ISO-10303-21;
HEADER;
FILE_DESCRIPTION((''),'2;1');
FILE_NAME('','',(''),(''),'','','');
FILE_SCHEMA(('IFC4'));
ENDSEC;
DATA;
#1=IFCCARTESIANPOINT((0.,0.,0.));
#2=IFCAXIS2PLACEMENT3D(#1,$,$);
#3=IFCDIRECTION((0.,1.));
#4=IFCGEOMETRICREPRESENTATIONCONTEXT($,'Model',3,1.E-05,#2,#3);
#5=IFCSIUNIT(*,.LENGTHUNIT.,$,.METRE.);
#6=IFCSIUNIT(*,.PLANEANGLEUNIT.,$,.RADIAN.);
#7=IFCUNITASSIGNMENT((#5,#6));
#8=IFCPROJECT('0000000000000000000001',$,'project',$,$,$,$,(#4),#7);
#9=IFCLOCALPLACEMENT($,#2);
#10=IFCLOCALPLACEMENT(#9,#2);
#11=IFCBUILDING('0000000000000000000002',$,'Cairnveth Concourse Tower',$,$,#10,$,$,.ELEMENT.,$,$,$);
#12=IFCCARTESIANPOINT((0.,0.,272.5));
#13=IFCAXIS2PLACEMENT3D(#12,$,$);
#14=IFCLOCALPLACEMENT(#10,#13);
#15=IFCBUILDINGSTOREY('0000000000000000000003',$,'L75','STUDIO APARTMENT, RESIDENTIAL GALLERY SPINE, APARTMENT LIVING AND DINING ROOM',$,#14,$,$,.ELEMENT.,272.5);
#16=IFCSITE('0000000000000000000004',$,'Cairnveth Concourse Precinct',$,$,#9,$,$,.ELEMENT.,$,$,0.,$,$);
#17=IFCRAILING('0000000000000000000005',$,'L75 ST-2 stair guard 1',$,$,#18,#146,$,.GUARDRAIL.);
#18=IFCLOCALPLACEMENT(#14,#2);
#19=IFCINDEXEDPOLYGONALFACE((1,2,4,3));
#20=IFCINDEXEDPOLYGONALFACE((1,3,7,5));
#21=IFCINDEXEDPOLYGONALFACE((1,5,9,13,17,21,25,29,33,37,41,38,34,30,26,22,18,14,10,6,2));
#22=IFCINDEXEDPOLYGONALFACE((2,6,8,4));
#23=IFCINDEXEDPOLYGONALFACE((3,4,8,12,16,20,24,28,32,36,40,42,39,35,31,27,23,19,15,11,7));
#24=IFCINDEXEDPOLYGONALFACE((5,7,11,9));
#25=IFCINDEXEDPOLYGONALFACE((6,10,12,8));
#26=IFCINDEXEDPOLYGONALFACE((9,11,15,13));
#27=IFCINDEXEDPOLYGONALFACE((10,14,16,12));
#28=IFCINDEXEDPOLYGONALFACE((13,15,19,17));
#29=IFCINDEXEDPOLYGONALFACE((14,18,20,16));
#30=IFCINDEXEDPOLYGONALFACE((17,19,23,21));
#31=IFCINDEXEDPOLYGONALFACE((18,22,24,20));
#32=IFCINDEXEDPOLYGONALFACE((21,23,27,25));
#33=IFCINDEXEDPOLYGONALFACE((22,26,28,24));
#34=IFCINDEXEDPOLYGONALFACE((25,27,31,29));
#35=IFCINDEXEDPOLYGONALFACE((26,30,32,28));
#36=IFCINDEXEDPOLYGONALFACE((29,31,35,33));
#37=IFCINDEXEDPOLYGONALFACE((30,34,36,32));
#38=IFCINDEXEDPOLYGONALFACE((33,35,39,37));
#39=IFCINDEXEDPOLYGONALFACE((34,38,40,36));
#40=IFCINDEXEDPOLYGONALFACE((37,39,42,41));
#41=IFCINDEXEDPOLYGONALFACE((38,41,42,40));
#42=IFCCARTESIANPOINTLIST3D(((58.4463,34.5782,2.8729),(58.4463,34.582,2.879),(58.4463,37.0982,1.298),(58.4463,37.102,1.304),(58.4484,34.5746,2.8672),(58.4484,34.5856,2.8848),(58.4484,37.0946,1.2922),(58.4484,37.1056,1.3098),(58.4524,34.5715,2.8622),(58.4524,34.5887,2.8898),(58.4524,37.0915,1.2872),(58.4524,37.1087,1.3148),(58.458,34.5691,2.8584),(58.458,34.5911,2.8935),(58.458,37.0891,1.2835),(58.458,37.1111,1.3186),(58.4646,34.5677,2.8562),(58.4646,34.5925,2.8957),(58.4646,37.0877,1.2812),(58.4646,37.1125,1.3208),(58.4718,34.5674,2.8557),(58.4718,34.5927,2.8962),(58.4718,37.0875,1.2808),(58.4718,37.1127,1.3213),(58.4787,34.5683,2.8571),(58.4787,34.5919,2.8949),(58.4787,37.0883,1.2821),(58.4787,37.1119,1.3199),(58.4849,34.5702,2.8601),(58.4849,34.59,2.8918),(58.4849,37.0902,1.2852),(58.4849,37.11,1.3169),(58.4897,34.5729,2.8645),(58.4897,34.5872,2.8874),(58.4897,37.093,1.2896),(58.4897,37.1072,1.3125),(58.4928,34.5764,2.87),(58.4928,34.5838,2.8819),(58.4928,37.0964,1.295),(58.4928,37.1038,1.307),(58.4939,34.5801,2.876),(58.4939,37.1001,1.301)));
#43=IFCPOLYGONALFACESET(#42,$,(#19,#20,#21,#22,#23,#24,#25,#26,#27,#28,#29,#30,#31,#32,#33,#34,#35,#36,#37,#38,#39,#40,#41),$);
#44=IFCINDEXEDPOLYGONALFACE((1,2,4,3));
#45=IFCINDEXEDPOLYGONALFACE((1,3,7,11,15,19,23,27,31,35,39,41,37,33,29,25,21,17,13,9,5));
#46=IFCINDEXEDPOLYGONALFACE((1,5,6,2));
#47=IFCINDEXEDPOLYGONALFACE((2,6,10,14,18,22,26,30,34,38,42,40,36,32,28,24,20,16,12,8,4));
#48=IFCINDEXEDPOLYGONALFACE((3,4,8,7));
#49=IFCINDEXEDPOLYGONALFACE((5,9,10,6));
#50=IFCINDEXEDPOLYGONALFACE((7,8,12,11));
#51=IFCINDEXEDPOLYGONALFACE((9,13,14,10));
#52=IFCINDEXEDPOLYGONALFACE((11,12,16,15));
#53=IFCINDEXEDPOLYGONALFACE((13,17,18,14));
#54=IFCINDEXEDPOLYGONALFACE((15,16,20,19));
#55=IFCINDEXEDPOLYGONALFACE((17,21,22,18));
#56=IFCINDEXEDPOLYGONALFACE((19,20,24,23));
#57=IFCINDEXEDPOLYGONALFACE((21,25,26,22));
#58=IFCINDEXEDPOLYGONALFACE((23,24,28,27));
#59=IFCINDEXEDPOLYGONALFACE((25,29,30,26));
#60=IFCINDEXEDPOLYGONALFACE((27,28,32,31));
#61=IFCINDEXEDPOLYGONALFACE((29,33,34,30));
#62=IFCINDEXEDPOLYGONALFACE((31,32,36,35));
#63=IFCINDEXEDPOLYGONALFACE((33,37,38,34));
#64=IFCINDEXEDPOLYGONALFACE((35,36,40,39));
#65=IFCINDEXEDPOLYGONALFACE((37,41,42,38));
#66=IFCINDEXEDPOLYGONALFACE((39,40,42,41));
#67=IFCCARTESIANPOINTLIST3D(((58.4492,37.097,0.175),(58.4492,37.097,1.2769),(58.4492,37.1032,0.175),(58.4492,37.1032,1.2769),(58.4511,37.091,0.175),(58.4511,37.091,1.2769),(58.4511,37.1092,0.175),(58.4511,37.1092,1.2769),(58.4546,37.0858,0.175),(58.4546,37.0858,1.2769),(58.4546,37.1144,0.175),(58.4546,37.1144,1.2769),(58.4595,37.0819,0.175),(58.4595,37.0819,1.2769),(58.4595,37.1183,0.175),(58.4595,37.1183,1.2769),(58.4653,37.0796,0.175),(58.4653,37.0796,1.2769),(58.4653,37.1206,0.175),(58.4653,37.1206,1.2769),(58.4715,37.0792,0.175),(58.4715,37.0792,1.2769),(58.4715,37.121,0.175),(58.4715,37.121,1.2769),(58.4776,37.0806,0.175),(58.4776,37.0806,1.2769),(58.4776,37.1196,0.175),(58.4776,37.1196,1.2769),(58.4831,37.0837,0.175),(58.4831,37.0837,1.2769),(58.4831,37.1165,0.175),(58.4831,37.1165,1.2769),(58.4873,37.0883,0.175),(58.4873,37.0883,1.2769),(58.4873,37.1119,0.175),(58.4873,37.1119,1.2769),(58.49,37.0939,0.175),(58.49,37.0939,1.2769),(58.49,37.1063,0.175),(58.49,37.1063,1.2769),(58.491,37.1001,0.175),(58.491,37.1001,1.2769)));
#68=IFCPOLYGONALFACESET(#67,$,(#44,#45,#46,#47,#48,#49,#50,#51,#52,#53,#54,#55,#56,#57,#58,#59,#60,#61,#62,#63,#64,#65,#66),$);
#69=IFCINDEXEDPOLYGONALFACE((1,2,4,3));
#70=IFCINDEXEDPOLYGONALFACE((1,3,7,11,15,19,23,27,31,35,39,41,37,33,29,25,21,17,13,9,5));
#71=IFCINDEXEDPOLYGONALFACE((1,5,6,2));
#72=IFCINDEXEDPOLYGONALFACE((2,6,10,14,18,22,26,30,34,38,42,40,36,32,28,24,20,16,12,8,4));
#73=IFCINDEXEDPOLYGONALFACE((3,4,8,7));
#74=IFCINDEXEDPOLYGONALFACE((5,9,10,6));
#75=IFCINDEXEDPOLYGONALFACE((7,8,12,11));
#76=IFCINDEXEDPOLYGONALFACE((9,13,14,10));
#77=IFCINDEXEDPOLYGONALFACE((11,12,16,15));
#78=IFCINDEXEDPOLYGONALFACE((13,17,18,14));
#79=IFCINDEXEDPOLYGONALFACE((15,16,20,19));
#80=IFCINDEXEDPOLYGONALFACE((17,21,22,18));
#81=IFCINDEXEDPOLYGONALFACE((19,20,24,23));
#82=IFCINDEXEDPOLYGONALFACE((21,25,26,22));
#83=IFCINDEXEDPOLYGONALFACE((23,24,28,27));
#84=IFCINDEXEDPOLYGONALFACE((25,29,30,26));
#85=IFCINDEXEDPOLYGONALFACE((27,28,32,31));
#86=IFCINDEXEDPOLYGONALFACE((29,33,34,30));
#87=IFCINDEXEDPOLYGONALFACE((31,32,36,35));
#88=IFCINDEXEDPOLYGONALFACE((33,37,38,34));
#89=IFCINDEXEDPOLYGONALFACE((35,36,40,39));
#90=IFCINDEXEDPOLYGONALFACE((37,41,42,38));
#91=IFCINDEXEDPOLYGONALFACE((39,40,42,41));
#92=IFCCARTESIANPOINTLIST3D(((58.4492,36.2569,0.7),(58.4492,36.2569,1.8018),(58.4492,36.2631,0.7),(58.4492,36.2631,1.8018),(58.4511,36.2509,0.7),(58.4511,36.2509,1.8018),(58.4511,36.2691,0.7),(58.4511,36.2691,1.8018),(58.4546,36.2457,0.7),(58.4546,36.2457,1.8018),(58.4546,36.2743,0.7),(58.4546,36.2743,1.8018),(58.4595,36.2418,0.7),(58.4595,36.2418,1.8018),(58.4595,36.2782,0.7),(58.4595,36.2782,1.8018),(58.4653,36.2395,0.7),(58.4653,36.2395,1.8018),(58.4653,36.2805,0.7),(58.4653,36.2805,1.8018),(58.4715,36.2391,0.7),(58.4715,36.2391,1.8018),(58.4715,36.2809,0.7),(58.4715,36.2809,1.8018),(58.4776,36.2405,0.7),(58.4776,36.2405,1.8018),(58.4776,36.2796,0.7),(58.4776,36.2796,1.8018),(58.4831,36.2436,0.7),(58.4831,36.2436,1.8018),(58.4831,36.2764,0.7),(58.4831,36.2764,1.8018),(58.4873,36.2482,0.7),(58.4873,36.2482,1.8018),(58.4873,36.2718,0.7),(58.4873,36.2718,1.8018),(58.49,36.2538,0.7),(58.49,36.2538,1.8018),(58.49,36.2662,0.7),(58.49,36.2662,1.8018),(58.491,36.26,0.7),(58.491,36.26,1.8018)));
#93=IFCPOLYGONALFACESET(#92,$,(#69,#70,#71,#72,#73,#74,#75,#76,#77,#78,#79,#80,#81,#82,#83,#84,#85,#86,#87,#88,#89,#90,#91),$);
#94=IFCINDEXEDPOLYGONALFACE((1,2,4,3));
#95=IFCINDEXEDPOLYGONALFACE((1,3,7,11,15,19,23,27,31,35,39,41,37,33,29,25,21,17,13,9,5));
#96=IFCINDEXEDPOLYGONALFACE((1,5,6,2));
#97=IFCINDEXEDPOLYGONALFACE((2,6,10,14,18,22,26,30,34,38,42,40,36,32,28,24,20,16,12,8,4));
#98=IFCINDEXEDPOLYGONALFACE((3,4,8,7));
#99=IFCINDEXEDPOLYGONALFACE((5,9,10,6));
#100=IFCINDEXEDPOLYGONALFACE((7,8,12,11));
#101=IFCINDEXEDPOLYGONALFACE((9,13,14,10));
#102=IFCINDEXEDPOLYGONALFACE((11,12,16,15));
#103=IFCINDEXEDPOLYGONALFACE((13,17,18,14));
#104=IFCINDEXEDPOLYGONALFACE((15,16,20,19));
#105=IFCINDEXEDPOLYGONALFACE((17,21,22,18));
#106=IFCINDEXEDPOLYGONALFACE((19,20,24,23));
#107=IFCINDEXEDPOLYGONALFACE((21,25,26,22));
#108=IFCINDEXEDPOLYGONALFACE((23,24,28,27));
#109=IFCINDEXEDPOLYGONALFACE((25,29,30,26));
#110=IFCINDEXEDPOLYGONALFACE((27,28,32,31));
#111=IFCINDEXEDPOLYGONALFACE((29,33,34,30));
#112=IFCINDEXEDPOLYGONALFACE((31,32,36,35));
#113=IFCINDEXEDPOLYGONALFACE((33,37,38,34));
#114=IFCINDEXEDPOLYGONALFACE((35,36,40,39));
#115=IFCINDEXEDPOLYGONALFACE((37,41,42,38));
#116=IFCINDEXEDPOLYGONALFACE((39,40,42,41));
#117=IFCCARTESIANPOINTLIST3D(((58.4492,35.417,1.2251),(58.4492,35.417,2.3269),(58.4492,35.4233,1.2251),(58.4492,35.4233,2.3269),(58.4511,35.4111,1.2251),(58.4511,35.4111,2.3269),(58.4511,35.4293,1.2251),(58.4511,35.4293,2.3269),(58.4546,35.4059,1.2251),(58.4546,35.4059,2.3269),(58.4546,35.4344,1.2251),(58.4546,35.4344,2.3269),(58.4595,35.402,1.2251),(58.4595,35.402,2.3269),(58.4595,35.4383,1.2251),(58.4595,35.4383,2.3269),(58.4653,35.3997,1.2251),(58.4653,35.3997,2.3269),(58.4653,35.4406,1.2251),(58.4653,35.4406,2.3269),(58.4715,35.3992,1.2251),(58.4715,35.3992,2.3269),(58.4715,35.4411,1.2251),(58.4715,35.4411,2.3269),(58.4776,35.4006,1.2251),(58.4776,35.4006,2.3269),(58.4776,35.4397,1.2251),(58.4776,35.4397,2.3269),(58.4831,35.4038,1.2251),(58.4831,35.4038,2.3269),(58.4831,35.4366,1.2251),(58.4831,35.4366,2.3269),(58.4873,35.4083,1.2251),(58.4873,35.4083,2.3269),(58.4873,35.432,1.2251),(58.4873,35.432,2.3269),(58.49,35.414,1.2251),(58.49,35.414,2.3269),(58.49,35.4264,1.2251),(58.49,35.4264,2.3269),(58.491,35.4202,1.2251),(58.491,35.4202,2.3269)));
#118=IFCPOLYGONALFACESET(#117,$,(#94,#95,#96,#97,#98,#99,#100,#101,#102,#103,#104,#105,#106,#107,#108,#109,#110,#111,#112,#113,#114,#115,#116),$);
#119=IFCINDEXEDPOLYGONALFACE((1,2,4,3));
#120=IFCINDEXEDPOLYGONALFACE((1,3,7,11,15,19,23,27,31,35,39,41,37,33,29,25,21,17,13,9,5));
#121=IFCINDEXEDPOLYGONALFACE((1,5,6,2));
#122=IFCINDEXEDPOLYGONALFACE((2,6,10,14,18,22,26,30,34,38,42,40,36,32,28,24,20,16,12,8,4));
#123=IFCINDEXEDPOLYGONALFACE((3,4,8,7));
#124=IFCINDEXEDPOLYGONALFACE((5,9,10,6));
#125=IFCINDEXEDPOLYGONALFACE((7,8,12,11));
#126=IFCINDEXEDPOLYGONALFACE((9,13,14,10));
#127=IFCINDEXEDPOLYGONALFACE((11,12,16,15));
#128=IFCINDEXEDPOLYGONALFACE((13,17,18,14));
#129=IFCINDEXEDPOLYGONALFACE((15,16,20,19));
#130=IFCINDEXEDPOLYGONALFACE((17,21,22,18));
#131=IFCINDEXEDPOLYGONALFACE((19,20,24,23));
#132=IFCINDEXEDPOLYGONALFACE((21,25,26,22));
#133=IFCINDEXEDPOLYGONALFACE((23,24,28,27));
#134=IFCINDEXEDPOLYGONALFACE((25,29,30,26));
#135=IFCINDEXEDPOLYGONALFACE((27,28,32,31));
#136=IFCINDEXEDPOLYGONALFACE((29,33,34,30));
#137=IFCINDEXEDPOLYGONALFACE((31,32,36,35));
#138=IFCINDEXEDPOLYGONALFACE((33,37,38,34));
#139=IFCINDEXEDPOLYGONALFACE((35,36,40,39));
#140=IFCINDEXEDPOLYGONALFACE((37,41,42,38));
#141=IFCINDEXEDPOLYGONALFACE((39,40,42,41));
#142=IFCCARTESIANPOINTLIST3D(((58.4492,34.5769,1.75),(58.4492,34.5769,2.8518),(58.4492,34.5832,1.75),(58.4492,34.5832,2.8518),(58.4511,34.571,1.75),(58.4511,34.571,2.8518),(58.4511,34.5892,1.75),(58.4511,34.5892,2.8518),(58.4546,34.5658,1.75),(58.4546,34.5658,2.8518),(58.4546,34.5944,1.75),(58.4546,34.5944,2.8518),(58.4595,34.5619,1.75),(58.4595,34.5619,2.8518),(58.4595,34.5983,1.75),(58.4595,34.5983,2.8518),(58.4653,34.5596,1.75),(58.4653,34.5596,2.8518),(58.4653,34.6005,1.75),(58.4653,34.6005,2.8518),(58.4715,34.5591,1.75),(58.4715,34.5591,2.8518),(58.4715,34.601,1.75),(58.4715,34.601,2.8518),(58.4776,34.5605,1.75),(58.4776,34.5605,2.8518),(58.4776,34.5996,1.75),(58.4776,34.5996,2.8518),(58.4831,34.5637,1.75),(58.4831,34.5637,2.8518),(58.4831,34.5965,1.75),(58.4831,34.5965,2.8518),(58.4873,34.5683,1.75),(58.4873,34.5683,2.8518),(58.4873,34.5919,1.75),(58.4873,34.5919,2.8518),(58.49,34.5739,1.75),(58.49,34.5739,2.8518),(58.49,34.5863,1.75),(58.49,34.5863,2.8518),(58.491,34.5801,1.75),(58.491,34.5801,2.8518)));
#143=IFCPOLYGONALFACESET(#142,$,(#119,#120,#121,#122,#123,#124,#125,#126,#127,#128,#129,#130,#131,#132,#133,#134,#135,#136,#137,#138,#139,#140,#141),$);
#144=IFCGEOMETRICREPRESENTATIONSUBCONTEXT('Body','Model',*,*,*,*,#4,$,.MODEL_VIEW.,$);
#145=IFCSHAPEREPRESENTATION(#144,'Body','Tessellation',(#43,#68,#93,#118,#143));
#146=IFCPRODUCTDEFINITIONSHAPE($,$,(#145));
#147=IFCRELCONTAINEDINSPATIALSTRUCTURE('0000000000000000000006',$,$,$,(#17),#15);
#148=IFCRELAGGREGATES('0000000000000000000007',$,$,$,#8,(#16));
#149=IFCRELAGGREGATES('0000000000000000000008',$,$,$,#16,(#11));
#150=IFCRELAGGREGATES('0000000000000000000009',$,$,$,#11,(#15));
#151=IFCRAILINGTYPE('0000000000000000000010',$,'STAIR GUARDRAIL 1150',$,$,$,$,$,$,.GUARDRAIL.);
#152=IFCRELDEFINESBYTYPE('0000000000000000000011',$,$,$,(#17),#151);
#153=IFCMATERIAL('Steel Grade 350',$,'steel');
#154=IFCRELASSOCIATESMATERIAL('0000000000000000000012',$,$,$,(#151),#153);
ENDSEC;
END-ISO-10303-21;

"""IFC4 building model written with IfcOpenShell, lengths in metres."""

from ifc_helpers import new_model, si_unit, direction, frame, origin, origin_2d, place, context, subcontext, project, spatial, circle, extrude, material, type_object, element, save


model = new_model("IFC4")

# Units and contexts
model_context = context("Model", 3, precision=1e-05, world=origin(), true_north=direction((0.0, 1.0)))
body_context = subcontext(model_context, "Body", "Model", "MODEL_VIEW")
ifc_project = project(units=[si_unit("LENGTHUNIT", "METRE"), si_unit("PLANEANGLEUNIT", "RADIAN")], contexts=[model_context])

# Site, building, storey
site_placement = place(None, origin())
site = spatial("IfcSite", under=ifc_project, at=site_placement, Name="Cairnveth Concourse Precinct", CompositionType="ELEMENT", RefElevation=0.0)
building_placement = place(site_placement, origin())
building = spatial("IfcBuilding", under=site, at=building_placement, Name="Cairnveth Concourse Tower", CompositionType="ELEMENT")
storey_placement = place(building_placement, frame((0.0, 0.0, 272.5)))
storey = spatial("IfcBuildingStorey", under=building, at=storey_placement, Name="L75", Description="STUDIO APARTMENT, RESIDENTIAL GALLERY SPINE, APARTMENT LIVING AND DINING ROOM", CompositionType="ELEMENT", Elevation=272.5)

# Shared definitions
ifc_material_1 = material(Name="Steel Grade 350", Category="steel")

# Railing
railing_type_1 = type_object("IfcRailingType", Name="STAIR GUARDRAIL 1150", PredefinedType="GUARDRAIL", material=ifc_material_1)
railing_1_placement = place(storey_placement, frame((58.47, 37.1001, 0.175)))
element("IfcRailing", 1, at=railing_1_placement, inside=storey, type_object=railing_type_1, Name="L75 ST-2 stair guard 1", PredefinedType="GUARDRAIL", context=body_context, shape_type="SweptSolid", body=[
    extrude(circle(Radius=0.0239, at=origin_2d()), frame((0.0, 0.0, 1.126), z_axis=(0.0, -0.848008, 0.529984), x_axis=(1.0, 0.0, 0.0)), (0.0, 0.0, 1.0), 2.9717),
    extrude(circle(Radius=0.021, at=origin_2d()), origin(), (0.0, 0.0, 1.0), 1.1018),
    extrude(circle(Radius=0.021, at=origin_2d()), frame((0.0, -0.8401, 0.5249)), (0.0, 0.0, 1.0), 1.1018),
    extrude(circle(Radius=0.021, at=origin_2d()), frame((0.0, -1.6799, 1.05)), (0.0, 0.0, 1.0), 1.1018),
    extrude(circle(Radius=0.021, at=origin_2d()), frame((0.0, -2.52, 1.575)), (0.0, 0.0, 1.0), 1.1018),
])

save(model, "model.ifc")
